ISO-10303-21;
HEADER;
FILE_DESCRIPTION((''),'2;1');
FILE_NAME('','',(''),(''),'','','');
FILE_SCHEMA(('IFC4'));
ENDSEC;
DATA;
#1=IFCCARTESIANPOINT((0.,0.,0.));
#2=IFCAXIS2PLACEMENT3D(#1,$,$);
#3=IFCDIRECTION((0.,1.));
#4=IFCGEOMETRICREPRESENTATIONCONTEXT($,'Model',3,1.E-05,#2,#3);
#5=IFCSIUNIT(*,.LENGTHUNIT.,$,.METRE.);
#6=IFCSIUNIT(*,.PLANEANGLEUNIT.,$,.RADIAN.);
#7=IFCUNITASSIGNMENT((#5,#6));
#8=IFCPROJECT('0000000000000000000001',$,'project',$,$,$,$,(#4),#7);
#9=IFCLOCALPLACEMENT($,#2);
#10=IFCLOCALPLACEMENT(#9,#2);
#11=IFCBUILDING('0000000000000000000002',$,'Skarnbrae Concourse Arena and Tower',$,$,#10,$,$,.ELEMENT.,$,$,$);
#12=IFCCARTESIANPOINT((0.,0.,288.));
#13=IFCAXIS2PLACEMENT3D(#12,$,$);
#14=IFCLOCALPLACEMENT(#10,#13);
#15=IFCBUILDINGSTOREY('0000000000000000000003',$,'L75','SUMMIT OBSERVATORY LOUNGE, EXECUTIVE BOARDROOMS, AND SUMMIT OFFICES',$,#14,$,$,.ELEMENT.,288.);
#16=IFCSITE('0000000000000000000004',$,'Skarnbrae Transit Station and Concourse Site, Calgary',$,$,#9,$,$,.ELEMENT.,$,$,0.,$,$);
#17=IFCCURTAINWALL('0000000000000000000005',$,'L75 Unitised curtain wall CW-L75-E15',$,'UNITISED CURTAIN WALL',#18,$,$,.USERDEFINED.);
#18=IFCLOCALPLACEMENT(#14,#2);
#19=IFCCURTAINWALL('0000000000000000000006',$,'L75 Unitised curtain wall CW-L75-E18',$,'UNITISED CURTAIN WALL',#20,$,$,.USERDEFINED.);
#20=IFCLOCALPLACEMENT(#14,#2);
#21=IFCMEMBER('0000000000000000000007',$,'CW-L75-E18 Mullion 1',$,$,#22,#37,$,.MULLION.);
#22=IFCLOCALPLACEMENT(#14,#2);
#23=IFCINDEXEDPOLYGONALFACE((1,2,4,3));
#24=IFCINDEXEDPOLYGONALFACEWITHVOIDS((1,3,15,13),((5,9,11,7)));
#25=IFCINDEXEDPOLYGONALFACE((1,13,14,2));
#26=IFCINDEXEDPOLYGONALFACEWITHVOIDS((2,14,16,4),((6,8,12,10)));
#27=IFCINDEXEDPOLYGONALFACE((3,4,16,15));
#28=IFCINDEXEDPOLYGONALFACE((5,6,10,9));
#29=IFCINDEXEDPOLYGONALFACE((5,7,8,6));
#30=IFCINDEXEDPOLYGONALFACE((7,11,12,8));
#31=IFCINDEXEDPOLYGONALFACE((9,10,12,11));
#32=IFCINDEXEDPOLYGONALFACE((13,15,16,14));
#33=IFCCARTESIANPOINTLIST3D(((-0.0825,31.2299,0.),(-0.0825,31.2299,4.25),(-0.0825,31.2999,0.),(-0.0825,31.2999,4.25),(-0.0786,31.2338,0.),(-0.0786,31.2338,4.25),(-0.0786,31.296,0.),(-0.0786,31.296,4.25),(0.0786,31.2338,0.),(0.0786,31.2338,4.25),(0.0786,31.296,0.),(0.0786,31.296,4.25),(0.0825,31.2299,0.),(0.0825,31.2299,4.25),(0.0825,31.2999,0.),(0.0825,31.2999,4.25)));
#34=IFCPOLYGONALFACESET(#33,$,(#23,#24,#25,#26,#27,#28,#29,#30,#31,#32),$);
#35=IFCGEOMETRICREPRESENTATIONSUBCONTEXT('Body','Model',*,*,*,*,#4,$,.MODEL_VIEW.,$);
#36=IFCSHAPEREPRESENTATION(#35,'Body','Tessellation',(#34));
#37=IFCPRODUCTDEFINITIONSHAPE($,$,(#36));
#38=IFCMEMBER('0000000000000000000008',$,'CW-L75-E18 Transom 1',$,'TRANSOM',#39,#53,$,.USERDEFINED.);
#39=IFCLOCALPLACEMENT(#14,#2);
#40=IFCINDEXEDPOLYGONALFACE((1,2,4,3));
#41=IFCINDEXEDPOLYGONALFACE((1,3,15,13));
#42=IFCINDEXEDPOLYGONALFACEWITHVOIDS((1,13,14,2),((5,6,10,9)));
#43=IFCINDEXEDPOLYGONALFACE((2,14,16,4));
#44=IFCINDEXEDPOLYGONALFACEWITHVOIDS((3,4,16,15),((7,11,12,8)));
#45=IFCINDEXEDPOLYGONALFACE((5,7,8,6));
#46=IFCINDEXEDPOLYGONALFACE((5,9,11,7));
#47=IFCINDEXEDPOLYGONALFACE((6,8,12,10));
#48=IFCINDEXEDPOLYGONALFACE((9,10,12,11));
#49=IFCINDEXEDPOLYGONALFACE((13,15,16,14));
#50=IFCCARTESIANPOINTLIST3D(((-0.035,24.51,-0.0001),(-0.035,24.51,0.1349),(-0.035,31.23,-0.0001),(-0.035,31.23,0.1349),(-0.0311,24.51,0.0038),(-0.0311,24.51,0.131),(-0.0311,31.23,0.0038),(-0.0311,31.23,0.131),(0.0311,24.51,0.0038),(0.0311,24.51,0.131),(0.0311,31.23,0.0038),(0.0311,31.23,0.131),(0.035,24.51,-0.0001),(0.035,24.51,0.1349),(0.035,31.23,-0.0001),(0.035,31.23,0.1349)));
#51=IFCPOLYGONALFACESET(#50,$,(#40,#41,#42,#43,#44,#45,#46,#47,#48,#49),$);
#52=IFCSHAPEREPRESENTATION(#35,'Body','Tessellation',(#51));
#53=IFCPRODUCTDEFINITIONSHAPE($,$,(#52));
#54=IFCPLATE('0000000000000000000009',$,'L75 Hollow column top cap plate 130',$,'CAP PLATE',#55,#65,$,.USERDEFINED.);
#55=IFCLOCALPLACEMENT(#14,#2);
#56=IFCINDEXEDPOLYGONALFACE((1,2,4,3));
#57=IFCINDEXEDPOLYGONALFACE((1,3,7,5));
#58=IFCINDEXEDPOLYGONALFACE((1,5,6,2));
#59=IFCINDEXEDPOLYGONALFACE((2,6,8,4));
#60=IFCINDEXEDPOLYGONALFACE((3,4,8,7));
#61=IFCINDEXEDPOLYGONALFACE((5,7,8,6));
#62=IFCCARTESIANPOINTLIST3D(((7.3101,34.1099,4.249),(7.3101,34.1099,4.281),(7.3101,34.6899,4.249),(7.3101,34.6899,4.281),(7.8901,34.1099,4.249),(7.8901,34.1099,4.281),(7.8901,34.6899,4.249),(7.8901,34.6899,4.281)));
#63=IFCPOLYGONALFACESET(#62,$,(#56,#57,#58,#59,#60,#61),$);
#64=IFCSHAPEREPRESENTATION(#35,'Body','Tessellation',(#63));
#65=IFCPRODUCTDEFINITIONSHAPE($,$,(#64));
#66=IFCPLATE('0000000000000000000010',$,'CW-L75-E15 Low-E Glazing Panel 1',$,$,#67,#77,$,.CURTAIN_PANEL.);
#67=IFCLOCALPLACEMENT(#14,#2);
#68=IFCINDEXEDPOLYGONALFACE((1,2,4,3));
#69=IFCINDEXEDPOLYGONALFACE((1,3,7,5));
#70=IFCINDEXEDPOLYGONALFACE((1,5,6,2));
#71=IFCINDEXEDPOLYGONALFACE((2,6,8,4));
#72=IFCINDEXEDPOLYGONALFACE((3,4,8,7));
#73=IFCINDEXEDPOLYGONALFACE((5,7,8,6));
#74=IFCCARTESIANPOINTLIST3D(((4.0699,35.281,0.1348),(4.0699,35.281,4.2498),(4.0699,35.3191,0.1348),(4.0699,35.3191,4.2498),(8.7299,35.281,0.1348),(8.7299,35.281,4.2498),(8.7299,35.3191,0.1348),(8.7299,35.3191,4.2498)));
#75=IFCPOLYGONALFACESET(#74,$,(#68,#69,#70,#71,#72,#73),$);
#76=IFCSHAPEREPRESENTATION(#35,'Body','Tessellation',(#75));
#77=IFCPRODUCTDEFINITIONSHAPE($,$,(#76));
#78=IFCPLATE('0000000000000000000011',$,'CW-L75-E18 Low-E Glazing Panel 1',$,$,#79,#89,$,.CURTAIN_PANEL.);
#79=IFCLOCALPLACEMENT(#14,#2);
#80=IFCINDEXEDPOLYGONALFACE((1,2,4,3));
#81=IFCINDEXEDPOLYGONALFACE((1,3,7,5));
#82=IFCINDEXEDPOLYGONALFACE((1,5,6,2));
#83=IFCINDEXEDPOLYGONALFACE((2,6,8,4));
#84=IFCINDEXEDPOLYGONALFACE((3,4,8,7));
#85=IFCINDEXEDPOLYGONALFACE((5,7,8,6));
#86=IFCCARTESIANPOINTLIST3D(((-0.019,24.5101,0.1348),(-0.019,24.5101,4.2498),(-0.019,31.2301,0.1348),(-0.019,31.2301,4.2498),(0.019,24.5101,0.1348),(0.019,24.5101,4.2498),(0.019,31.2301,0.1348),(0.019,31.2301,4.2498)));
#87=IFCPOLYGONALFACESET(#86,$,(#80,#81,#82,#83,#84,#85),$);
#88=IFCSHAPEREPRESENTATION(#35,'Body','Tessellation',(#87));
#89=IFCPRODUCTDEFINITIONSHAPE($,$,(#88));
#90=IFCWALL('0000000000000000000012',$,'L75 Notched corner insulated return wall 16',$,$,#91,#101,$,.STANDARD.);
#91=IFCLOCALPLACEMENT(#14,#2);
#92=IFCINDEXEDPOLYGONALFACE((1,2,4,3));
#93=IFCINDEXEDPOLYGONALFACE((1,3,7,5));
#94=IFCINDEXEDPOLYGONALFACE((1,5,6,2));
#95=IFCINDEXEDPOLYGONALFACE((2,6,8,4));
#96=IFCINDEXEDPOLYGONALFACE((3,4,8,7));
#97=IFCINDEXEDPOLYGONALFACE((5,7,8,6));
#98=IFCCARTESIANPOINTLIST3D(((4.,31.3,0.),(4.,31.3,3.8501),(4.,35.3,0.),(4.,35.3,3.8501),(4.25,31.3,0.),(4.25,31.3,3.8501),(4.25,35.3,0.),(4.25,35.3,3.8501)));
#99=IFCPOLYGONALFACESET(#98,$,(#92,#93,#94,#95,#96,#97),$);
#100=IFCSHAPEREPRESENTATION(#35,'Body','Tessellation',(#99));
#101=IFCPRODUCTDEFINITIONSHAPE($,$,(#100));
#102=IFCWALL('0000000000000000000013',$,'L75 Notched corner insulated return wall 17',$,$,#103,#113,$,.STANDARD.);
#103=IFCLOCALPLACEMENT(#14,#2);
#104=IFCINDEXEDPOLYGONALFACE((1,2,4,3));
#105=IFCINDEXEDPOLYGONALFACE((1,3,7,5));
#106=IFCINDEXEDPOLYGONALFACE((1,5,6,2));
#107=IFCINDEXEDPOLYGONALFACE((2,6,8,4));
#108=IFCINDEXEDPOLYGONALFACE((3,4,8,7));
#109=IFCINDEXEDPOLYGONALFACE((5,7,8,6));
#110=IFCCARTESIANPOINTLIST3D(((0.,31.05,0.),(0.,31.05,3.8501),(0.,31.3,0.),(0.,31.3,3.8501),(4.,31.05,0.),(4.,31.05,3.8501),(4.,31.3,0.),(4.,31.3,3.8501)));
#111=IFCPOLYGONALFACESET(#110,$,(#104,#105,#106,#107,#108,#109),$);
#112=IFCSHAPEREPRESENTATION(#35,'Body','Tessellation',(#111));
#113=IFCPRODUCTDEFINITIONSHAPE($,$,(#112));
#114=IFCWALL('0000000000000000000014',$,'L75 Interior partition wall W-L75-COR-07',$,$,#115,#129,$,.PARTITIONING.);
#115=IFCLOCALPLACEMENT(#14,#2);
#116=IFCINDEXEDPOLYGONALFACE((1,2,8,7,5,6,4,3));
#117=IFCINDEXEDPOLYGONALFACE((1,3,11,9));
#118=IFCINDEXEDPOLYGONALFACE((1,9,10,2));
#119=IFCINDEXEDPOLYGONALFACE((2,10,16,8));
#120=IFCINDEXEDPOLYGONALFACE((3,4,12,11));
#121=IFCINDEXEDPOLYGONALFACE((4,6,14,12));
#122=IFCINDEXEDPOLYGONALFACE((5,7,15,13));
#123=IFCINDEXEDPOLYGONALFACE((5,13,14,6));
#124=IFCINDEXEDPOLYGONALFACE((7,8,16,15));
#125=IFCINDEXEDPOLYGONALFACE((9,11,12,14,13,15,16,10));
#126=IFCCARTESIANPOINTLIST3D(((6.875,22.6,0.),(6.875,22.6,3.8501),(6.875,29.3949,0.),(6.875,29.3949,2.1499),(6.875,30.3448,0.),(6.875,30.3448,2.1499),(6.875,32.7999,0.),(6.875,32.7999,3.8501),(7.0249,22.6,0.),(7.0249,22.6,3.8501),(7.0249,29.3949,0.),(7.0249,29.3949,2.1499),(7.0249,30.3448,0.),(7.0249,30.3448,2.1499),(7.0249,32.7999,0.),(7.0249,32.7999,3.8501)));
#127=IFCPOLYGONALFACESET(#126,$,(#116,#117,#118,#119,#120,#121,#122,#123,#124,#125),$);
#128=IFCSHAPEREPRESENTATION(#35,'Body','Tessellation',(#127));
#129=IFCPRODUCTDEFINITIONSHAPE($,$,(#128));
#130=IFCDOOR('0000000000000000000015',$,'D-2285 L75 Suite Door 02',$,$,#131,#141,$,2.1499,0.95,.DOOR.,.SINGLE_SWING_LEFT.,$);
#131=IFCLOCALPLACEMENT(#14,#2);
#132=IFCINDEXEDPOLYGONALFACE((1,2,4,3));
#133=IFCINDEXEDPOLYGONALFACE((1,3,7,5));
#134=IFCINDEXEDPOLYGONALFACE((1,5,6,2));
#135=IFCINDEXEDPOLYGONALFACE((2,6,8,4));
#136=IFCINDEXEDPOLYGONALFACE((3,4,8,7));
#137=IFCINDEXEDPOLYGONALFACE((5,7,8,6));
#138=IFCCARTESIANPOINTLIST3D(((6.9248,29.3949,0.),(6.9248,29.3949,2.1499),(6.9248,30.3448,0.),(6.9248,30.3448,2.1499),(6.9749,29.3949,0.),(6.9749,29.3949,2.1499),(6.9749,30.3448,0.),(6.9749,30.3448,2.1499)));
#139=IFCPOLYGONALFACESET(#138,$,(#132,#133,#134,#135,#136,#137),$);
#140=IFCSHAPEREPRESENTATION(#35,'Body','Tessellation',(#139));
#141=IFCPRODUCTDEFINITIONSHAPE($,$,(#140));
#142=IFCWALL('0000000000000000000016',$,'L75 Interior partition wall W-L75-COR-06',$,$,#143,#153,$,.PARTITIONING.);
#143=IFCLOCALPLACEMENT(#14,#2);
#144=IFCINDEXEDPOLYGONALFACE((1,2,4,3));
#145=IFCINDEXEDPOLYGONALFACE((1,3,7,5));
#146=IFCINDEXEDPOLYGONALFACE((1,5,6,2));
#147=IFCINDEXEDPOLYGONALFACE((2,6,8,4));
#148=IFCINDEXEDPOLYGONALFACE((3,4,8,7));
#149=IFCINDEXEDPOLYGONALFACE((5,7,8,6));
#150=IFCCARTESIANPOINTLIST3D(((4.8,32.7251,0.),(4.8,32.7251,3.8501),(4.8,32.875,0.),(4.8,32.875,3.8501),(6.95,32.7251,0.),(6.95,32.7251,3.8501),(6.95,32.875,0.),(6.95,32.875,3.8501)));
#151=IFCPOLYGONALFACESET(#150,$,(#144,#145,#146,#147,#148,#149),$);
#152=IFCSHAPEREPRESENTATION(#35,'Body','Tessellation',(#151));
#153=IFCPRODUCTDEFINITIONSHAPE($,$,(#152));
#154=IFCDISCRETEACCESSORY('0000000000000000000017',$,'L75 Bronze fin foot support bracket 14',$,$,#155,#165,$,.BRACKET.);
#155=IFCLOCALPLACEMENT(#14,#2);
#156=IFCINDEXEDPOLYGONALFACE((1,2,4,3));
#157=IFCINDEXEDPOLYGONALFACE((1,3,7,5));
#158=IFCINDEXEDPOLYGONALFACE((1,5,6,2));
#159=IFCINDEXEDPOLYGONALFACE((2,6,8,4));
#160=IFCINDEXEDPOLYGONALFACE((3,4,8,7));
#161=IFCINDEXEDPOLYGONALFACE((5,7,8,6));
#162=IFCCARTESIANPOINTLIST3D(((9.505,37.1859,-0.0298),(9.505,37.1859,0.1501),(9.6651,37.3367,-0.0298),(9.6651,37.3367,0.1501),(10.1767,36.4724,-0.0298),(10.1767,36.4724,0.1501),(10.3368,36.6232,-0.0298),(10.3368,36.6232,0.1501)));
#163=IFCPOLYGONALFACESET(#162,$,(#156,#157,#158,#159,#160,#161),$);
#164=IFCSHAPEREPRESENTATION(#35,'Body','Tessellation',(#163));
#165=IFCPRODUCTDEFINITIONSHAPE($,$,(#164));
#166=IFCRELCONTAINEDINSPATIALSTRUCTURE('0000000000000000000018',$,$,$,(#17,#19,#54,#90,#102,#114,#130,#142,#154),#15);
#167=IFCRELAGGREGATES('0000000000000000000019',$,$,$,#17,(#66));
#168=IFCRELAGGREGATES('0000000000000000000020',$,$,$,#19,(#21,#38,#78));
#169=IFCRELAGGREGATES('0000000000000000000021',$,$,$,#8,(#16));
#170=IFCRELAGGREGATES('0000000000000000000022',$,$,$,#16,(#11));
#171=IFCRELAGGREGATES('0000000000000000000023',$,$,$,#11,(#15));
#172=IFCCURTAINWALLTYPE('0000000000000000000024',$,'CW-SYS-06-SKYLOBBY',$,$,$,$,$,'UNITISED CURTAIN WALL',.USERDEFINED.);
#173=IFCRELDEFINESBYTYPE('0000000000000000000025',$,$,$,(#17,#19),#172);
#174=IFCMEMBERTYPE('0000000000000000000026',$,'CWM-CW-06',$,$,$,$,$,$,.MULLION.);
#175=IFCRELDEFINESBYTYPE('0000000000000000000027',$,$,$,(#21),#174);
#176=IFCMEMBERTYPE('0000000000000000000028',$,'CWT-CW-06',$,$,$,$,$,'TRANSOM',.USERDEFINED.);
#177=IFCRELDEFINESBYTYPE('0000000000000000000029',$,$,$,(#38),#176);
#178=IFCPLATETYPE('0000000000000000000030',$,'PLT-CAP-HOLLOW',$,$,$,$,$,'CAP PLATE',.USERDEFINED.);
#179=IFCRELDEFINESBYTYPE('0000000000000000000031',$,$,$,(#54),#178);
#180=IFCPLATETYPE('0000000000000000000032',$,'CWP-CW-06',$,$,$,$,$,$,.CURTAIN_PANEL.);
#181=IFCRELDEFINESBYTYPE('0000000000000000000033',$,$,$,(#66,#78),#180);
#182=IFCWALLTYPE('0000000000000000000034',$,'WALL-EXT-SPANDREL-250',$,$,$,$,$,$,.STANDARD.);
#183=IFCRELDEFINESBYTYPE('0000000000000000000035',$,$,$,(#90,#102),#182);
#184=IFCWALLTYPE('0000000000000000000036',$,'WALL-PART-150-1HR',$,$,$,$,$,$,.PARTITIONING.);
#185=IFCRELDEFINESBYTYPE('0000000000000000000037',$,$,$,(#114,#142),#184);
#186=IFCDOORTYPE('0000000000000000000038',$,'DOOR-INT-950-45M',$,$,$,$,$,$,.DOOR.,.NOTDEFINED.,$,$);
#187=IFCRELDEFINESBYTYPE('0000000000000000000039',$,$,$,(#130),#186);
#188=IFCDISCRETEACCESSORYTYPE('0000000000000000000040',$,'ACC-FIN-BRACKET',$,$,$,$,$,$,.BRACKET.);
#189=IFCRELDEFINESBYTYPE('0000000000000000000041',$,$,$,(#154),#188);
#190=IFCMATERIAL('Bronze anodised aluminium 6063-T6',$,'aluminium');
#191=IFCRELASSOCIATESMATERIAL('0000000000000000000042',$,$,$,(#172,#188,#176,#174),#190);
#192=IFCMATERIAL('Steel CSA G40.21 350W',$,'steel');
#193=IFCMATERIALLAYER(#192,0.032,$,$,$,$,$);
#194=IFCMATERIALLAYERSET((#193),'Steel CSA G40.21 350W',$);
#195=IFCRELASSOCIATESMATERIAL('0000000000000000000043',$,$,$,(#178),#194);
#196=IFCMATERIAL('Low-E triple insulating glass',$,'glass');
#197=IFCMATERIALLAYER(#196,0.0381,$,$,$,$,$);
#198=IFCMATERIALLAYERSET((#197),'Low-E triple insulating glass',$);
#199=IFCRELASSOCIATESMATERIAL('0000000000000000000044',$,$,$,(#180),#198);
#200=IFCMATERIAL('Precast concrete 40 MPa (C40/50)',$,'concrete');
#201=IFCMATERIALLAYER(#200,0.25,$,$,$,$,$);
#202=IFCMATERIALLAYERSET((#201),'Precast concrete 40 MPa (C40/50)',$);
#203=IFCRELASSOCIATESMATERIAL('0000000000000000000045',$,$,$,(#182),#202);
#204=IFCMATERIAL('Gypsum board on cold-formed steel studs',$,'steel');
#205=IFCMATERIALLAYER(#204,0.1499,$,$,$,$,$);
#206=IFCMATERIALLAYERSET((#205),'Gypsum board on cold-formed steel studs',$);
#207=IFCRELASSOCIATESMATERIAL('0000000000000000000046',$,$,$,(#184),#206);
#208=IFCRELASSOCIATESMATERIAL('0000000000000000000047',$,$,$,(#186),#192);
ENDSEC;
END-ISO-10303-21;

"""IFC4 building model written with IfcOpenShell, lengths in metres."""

from ifc_helpers import new_model, si_unit, direction, frame, frame_2d, origin, origin_2d, place, context, subcontext, project, spatial, rectangle, hollow_rectangle, extrude, source, transform, mapped, material, layer, layer_set, material_profile, profile_set, type_object, element, fill, aggregate, save


model = new_model("IFC4")

# Units and contexts
model_context = context("Model", 3, precision=1e-05, world=origin(), true_north=direction((0.0, 1.0)))
body_context = subcontext(model_context, "Body", "Model", "MODEL_VIEW")
ifc_project = project(units=[si_unit("LENGTHUNIT", "METRE"), si_unit("PLANEANGLEUNIT", "RADIAN")], contexts=[model_context])

# Site, building, storey
site_placement = place(None, origin())
site = spatial("IfcSite", under=ifc_project, at=site_placement, Name="Skarnbrae Transit Station and Concourse Site, Calgary", CompositionType="ELEMENT", RefElevation=0.0)
building_placement = place(site_placement, origin())
building = spatial("IfcBuilding", under=site, at=building_placement, Name="Skarnbrae Concourse Arena and Tower", CompositionType="ELEMENT")
storey_placement = place(building_placement, frame((0.0, 0.0, 288.0)))
storey = spatial("IfcBuildingStorey", under=building, at=storey_placement, Name="L75", Description="SUMMIT OBSERVATORY LOUNGE, EXECUTIVE BOARDROOMS, AND SUMMIT OFFICES", CompositionType="ELEMENT", Elevation=288.0)

# Shared definitions
ifc_material_1 = material(Name="Steel CSA G40.21 350W", Category="steel")

# Curtain wall
ifc_material_2 = material(Name="Bronze anodised aluminium 6063-T6", Category="aluminium")
curtain_wall_type = type_object("IfcCurtainWallType", Name="CW-SYS-06-SKYLOBBY", ElementType="UNITISED CURTAIN WALL", PredefinedType="USERDEFINED", material=ifc_material_2)
curtain_wall_1_placement = place(storey_placement, origin())
curtain_wall_1 = element("IfcCurtainWall", 1, at=curtain_wall_1_placement, inside=storey, type_object=curtain_wall_type, Name="L75 Unitised curtain wall CW-L75-E15", ObjectType="UNITISED CURTAIN WALL", PredefinedType="USERDEFINED")
ifc_material_profile_1 = material_profile(ifc_material_2, hollow_rectangle(XDim=0.0701, YDim=0.135, WallThickness=0.0039, at=origin_2d()), Name="ALU-TRAN-70X135")
ifc_profile_set_1 = profile_set([ifc_material_profile_1], Name="Bronze anodised aluminium 6063-T6")
member_type_1 = type_object("IfcMemberType", Name="CWT-CW-06", ElementType="TRANSOM", PredefinedType="USERDEFINED", material=ifc_profile_set_1)
ifc_material_profile_2 = material_profile(ifc_material_2, hollow_rectangle(XDim=0.0701, YDim=0.165, WallThickness=0.0039, at=origin_2d()), Name="ALU-MULL-70X165")
ifc_profile_set_2 = profile_set([ifc_material_profile_2], Name="Bronze anodised aluminium 6063-T6")
member_type_2 = type_object("IfcMemberType", Name="CWM-CW-06", PredefinedType="MULLION", material=ifc_profile_set_2)
shared_shape_1 = source(origin(), body_context, "Body", "SweptSolid", [
    extrude(hollow_rectangle(XDim=0.0701, YDim=0.165, WallThickness=0.0039, at=origin_2d()), origin(), (0.0, 0.0, 1.0), 4.25),
])

# Curtain wall, members
curtain_wall_2_placement = place(storey_placement, origin())
curtain_wall_2 = element("IfcCurtainWall", 2, at=curtain_wall_2_placement, inside=storey, type_object=curtain_wall_type, Name="L75 Unitised curtain wall CW-L75-E18", ObjectType="UNITISED CURTAIN WALL", PredefinedType="USERDEFINED")
member_1_placement = place(storey_placement, frame((0.0, 31.2649, 0.0), z_axis=(0.0, 0.0, 1.0), x_axis=(0.0, -1.0, 0.0)))
member_1 = element("IfcMember", 3, at=member_1_placement, type_object=member_type_2, Name="CW-L75-E18 Mullion 1", PredefinedType="MULLION", context=body_context, shape_type="MappedRepresentation", body=[
    mapped(shared_shape_1, transform((0.0, 0.0, 0.0))),
])
shared_shape_2 = source(origin(), body_context, "Body", "SweptSolid", [
    extrude(hollow_rectangle(XDim=0.0701, YDim=0.135, WallThickness=0.0039, at=origin_2d()), origin(), (0.0, 0.0, 1.0), 6.72),
])
member_2_placement = place(storey_placement, frame((0.0, 31.23, 0.0674), z_axis=(0.0, -1.0, 0.0), x_axis=(1.0, 0.0, 0.0)))
member_2 = element("IfcMember", 4, at=member_2_placement, type_object=member_type_1, Name="CW-L75-E18 Transom 1", ObjectType="TRANSOM", PredefinedType="USERDEFINED", context=body_context, shape_type="MappedRepresentation", body=[
    mapped(shared_shape_2, transform((0.0, 0.0, 0.0))),
])

# Plates
ifc_layer_1 = layer(ifc_material_1, 0.032)
ifc_layer_set_1 = layer_set([ifc_layer_1], Name="Steel CSA G40.21 350W")
plate_type_1 = type_object("IfcPlateType", Name="PLT-CAP-HOLLOW", ElementType="CAP PLATE", PredefinedType="USERDEFINED", material=ifc_layer_set_1)
shared_shape_3 = source(origin(), body_context, "Body", "SweptSolid", [
    extrude(rectangle(XDim=0.5801, YDim=0.5801, at=origin_2d()), origin(), (0.0, 0.0, 1.0), 0.032),
])
plate_1_placement = place(storey_placement, frame((7.6001, 34.3999, 4.249), z_axis=(0.0, 0.0, 1.0), x_axis=(1.0, 0.0, 0.0)))
element("IfcPlate", 5, at=plate_1_placement, inside=storey, type_object=plate_type_1, Name="L75 Hollow column top cap plate 130", ObjectType="CAP PLATE", PredefinedType="USERDEFINED", context=body_context, shape_type="MappedRepresentation", body=[
    mapped(shared_shape_3, transform((0.0, 0.0, 0.0))),
])
ifc_material_3 = material(Name="Low-E triple insulating glass", Category="glass")
ifc_layer_2 = layer(ifc_material_3, 0.0381)
ifc_layer_set_2 = layer_set([ifc_layer_2], Name="Low-E triple insulating glass")
plate_type_2 = type_object("IfcPlateType", Name="CWP-CW-06", PredefinedType="CURTAIN_PANEL", material=ifc_layer_set_2)
shared_shape_4 = source(origin(), body_context, "Body", "SweptSolid", [
    extrude(rectangle(XDim=4.6599, YDim=0.0381, at=origin_2d()), origin(), (0.0, 0.0, 1.0), 4.115),
])
plate_2_placement = place(storey_placement, frame((6.3999, 35.3, 0.1348), z_axis=(0.0, 0.0, 1.0), x_axis=(-1.0, 0.0, 0.0)))
plate_2 = element("IfcPlate", 6, at=plate_2_placement, type_object=plate_type_2, Name="CW-L75-E15 Low-E Glazing Panel 1", PredefinedType="CURTAIN_PANEL", context=body_context, shape_type="MappedRepresentation", body=[
    mapped(shared_shape_4, transform((0.0, 0.0, 0.0))),
])
aggregate(curtain_wall_1, [plate_2])
shared_shape_5 = source(origin(), body_context, "Body", "SweptSolid", [
    extrude(rectangle(XDim=6.72, YDim=0.0381, at=origin_2d()), origin(), (0.0, 0.0, 1.0), 4.115),
])
plate_3_placement = place(storey_placement, frame((0.0, 27.8701, 0.1348), z_axis=(0.0, 0.0, 1.0), x_axis=(0.0, -1.0, 0.0)))
plate_3 = element("IfcPlate", 7, at=plate_3_placement, type_object=plate_type_2, Name="CW-L75-E18 Low-E Glazing Panel 1", PredefinedType="CURTAIN_PANEL", context=body_context, shape_type="MappedRepresentation", body=[
    mapped(shared_shape_5, transform((0.0, 0.0, 0.0))),
])
aggregate(curtain_wall_2, [member_1, member_2, plate_3])

# Walls
ifc_material_4 = material(Name="Precast concrete 40 MPa (C40/50)", Category="concrete")
ifc_layer_3 = layer(ifc_material_4, 0.25)
ifc_layer_set_3 = layer_set([ifc_layer_3], Name="Precast concrete 40 MPa (C40/50)")
wall_type_1 = type_object("IfcWallType", Name="WALL-EXT-SPANDREL-250", PredefinedType="STANDARD", material=ifc_layer_set_3)
shared_shape_6 = source(origin(), body_context, "Body", "SweptSolid", [
    extrude(rectangle(XDim=4.0, YDim=0.25, at=frame_2d((2.0, 0.0))), origin(), (0.0, 0.0, 1.0), 3.8501),
])
for number, where, z_axis, x_axis, name in (
    (8, (4.125, 35.3, 0.0), (0.0, 0.0, 1.0), (0.0, -1.0, 0.0), "L75 Notched corner insulated return wall 16"),
    (9, (4.0, 31.175, 0.0), (0.0, 0.0, 1.0), (-1.0, 0.0, 0.0), "L75 Notched corner insulated return wall 17"),
):
    element("IfcWall", number, at=place(storey_placement, frame(where, z_axis=z_axis, x_axis=x_axis)), inside=storey, type_object=wall_type_1, Name=name, PredefinedType="STANDARD", context=body_context, shape_type="MappedRepresentation", body=[
        mapped(shared_shape_6, transform((0.0, 0.0, 0.0))),
    ])

# Wall, opening, door
ifc_material_5 = material(Name="Gypsum board on cold-formed steel studs", Category="steel")
ifc_layer_4 = layer(ifc_material_5, 0.1499)
ifc_layer_set_4 = layer_set([ifc_layer_4], Name="Gypsum board on cold-formed steel studs")
wall_type_2 = type_object("IfcWallType", Name="WALL-PART-150-1HR", PredefinedType="PARTITIONING", material=ifc_layer_set_4)
shared_shape_7 = source(origin(), body_context, "Body", "SweptSolid", [
    extrude(rectangle(XDim=10.2, YDim=0.1499, at=frame_2d((5.1001, 0.0))), origin(), (0.0, 0.0, 1.0), 3.8501),
])
wall_1_placement = place(storey_placement, frame((6.95, 32.8, 0.0), z_axis=(0.0, 0.0, 1.0), x_axis=(0.0, -1.0, 0.0)))
wall_1 = element("IfcWall", 10, at=wall_1_placement, inside=storey, type_object=wall_type_2, Name="L75 Interior partition wall W-L75-COR-07", PredefinedType="PARTITIONING", context=body_context, shape_type="MappedRepresentation", body=[
    mapped(shared_shape_7, transform((0.0, 0.0, 0.0))),
])
opening_placement = place(wall_1_placement, frame((2.4551, 0.0, 0.0)))
opening = element("IfcOpeningElement", 11, at=opening_placement, cuts=wall_1, PredefinedType="OPENING", context=body_context, shape_type="SweptSolid", body=[
    extrude(rectangle(XDim=0.95, YDim=2.1499, at=frame_2d((0.4751, 1.075))), frame((0.0, 0.085, 0.0), z_axis=(0.0, -1.0, 0.0), x_axis=(1.0, 0.0, 0.0)), (0.0, 0.0, 1.0), 0.1699),
])
door_type = type_object("IfcDoorType", Name="DOOR-INT-950-45M", OperationType="NOTDEFINED", PredefinedType="DOOR", material=ifc_material_1)
shared_shape_8 = source(origin(), body_context, "Body", "SweptSolid", [
    extrude(rectangle(XDim=0.95, YDim=2.1499, at=frame_2d((0.4751, 1.075))), frame((0.0, 0.0249, 0.0), z_axis=(0.0, -1.0, 0.0), x_axis=(1.0, 0.0, 0.0)), (0.0, 0.0, 1.0), 0.05),
])
door_placement = place(opening_placement, origin())
door = element("IfcDoor", 12, at=door_placement, inside=storey, type_object=door_type, Name="D-2285 L75 Suite Door 02", OperationType="SINGLE_SWING_LEFT", OverallHeight=2.1499, OverallWidth=0.95, PredefinedType="DOOR", context=body_context, shape_type="MappedRepresentation", body=[
    mapped(shared_shape_8, transform((0.0, 0.0, 0.0))),
])
fill(opening, door)

# Wall
shared_shape_9 = source(origin(), body_context, "Body", "SweptSolid", [
    extrude(rectangle(XDim=2.1499, YDim=0.1499, at=frame_2d((1.075, 0.0))), origin(), (0.0, 0.0, 1.0), 3.8501),
])
wall_2_placement = place(storey_placement, frame((4.8, 32.8, 0.0), z_axis=(0.0, 0.0, 1.0), x_axis=(1.0, 0.0, 0.0)))
element("IfcWall", 13, at=wall_2_placement, inside=storey, type_object=wall_type_2, Name="L75 Interior partition wall W-L75-COR-06", PredefinedType="PARTITIONING", context=body_context, shape_type="MappedRepresentation", body=[
    mapped(shared_shape_9, transform((0.0, 0.0, 0.0))),
])

# Discrete accessory
discrete_accessory_type = type_object("IfcDiscreteAccessoryType", Name="ACC-FIN-BRACKET", PredefinedType="BRACKET", material=ifc_material_2)
shared_shape_10 = source(origin(), body_context, "Body", "SweptSolid", [
    extrude(rectangle(XDim=0.22, YDim=0.98, at=origin_2d()), origin(), (0.0, 0.0, 1.0), 0.1799),
])
discrete_accessory_placement = place(storey_placement, frame((9.9209, 36.9045, -0.0298), z_axis=(0.0, 0.0, 1.0), x_axis=(0.728132, 0.685437, 0.0)))
element("IfcDiscreteAccessory", 14, at=discrete_accessory_placement, inside=storey, type_object=discrete_accessory_type, Name="L75 Bronze fin foot support bracket 14", PredefinedType="BRACKET", context=body_context, shape_type="MappedRepresentation", body=[
    mapped(shared_shape_10, transform((0.0, 0.0, 0.0))),
])

save(model, "model.ifc")
